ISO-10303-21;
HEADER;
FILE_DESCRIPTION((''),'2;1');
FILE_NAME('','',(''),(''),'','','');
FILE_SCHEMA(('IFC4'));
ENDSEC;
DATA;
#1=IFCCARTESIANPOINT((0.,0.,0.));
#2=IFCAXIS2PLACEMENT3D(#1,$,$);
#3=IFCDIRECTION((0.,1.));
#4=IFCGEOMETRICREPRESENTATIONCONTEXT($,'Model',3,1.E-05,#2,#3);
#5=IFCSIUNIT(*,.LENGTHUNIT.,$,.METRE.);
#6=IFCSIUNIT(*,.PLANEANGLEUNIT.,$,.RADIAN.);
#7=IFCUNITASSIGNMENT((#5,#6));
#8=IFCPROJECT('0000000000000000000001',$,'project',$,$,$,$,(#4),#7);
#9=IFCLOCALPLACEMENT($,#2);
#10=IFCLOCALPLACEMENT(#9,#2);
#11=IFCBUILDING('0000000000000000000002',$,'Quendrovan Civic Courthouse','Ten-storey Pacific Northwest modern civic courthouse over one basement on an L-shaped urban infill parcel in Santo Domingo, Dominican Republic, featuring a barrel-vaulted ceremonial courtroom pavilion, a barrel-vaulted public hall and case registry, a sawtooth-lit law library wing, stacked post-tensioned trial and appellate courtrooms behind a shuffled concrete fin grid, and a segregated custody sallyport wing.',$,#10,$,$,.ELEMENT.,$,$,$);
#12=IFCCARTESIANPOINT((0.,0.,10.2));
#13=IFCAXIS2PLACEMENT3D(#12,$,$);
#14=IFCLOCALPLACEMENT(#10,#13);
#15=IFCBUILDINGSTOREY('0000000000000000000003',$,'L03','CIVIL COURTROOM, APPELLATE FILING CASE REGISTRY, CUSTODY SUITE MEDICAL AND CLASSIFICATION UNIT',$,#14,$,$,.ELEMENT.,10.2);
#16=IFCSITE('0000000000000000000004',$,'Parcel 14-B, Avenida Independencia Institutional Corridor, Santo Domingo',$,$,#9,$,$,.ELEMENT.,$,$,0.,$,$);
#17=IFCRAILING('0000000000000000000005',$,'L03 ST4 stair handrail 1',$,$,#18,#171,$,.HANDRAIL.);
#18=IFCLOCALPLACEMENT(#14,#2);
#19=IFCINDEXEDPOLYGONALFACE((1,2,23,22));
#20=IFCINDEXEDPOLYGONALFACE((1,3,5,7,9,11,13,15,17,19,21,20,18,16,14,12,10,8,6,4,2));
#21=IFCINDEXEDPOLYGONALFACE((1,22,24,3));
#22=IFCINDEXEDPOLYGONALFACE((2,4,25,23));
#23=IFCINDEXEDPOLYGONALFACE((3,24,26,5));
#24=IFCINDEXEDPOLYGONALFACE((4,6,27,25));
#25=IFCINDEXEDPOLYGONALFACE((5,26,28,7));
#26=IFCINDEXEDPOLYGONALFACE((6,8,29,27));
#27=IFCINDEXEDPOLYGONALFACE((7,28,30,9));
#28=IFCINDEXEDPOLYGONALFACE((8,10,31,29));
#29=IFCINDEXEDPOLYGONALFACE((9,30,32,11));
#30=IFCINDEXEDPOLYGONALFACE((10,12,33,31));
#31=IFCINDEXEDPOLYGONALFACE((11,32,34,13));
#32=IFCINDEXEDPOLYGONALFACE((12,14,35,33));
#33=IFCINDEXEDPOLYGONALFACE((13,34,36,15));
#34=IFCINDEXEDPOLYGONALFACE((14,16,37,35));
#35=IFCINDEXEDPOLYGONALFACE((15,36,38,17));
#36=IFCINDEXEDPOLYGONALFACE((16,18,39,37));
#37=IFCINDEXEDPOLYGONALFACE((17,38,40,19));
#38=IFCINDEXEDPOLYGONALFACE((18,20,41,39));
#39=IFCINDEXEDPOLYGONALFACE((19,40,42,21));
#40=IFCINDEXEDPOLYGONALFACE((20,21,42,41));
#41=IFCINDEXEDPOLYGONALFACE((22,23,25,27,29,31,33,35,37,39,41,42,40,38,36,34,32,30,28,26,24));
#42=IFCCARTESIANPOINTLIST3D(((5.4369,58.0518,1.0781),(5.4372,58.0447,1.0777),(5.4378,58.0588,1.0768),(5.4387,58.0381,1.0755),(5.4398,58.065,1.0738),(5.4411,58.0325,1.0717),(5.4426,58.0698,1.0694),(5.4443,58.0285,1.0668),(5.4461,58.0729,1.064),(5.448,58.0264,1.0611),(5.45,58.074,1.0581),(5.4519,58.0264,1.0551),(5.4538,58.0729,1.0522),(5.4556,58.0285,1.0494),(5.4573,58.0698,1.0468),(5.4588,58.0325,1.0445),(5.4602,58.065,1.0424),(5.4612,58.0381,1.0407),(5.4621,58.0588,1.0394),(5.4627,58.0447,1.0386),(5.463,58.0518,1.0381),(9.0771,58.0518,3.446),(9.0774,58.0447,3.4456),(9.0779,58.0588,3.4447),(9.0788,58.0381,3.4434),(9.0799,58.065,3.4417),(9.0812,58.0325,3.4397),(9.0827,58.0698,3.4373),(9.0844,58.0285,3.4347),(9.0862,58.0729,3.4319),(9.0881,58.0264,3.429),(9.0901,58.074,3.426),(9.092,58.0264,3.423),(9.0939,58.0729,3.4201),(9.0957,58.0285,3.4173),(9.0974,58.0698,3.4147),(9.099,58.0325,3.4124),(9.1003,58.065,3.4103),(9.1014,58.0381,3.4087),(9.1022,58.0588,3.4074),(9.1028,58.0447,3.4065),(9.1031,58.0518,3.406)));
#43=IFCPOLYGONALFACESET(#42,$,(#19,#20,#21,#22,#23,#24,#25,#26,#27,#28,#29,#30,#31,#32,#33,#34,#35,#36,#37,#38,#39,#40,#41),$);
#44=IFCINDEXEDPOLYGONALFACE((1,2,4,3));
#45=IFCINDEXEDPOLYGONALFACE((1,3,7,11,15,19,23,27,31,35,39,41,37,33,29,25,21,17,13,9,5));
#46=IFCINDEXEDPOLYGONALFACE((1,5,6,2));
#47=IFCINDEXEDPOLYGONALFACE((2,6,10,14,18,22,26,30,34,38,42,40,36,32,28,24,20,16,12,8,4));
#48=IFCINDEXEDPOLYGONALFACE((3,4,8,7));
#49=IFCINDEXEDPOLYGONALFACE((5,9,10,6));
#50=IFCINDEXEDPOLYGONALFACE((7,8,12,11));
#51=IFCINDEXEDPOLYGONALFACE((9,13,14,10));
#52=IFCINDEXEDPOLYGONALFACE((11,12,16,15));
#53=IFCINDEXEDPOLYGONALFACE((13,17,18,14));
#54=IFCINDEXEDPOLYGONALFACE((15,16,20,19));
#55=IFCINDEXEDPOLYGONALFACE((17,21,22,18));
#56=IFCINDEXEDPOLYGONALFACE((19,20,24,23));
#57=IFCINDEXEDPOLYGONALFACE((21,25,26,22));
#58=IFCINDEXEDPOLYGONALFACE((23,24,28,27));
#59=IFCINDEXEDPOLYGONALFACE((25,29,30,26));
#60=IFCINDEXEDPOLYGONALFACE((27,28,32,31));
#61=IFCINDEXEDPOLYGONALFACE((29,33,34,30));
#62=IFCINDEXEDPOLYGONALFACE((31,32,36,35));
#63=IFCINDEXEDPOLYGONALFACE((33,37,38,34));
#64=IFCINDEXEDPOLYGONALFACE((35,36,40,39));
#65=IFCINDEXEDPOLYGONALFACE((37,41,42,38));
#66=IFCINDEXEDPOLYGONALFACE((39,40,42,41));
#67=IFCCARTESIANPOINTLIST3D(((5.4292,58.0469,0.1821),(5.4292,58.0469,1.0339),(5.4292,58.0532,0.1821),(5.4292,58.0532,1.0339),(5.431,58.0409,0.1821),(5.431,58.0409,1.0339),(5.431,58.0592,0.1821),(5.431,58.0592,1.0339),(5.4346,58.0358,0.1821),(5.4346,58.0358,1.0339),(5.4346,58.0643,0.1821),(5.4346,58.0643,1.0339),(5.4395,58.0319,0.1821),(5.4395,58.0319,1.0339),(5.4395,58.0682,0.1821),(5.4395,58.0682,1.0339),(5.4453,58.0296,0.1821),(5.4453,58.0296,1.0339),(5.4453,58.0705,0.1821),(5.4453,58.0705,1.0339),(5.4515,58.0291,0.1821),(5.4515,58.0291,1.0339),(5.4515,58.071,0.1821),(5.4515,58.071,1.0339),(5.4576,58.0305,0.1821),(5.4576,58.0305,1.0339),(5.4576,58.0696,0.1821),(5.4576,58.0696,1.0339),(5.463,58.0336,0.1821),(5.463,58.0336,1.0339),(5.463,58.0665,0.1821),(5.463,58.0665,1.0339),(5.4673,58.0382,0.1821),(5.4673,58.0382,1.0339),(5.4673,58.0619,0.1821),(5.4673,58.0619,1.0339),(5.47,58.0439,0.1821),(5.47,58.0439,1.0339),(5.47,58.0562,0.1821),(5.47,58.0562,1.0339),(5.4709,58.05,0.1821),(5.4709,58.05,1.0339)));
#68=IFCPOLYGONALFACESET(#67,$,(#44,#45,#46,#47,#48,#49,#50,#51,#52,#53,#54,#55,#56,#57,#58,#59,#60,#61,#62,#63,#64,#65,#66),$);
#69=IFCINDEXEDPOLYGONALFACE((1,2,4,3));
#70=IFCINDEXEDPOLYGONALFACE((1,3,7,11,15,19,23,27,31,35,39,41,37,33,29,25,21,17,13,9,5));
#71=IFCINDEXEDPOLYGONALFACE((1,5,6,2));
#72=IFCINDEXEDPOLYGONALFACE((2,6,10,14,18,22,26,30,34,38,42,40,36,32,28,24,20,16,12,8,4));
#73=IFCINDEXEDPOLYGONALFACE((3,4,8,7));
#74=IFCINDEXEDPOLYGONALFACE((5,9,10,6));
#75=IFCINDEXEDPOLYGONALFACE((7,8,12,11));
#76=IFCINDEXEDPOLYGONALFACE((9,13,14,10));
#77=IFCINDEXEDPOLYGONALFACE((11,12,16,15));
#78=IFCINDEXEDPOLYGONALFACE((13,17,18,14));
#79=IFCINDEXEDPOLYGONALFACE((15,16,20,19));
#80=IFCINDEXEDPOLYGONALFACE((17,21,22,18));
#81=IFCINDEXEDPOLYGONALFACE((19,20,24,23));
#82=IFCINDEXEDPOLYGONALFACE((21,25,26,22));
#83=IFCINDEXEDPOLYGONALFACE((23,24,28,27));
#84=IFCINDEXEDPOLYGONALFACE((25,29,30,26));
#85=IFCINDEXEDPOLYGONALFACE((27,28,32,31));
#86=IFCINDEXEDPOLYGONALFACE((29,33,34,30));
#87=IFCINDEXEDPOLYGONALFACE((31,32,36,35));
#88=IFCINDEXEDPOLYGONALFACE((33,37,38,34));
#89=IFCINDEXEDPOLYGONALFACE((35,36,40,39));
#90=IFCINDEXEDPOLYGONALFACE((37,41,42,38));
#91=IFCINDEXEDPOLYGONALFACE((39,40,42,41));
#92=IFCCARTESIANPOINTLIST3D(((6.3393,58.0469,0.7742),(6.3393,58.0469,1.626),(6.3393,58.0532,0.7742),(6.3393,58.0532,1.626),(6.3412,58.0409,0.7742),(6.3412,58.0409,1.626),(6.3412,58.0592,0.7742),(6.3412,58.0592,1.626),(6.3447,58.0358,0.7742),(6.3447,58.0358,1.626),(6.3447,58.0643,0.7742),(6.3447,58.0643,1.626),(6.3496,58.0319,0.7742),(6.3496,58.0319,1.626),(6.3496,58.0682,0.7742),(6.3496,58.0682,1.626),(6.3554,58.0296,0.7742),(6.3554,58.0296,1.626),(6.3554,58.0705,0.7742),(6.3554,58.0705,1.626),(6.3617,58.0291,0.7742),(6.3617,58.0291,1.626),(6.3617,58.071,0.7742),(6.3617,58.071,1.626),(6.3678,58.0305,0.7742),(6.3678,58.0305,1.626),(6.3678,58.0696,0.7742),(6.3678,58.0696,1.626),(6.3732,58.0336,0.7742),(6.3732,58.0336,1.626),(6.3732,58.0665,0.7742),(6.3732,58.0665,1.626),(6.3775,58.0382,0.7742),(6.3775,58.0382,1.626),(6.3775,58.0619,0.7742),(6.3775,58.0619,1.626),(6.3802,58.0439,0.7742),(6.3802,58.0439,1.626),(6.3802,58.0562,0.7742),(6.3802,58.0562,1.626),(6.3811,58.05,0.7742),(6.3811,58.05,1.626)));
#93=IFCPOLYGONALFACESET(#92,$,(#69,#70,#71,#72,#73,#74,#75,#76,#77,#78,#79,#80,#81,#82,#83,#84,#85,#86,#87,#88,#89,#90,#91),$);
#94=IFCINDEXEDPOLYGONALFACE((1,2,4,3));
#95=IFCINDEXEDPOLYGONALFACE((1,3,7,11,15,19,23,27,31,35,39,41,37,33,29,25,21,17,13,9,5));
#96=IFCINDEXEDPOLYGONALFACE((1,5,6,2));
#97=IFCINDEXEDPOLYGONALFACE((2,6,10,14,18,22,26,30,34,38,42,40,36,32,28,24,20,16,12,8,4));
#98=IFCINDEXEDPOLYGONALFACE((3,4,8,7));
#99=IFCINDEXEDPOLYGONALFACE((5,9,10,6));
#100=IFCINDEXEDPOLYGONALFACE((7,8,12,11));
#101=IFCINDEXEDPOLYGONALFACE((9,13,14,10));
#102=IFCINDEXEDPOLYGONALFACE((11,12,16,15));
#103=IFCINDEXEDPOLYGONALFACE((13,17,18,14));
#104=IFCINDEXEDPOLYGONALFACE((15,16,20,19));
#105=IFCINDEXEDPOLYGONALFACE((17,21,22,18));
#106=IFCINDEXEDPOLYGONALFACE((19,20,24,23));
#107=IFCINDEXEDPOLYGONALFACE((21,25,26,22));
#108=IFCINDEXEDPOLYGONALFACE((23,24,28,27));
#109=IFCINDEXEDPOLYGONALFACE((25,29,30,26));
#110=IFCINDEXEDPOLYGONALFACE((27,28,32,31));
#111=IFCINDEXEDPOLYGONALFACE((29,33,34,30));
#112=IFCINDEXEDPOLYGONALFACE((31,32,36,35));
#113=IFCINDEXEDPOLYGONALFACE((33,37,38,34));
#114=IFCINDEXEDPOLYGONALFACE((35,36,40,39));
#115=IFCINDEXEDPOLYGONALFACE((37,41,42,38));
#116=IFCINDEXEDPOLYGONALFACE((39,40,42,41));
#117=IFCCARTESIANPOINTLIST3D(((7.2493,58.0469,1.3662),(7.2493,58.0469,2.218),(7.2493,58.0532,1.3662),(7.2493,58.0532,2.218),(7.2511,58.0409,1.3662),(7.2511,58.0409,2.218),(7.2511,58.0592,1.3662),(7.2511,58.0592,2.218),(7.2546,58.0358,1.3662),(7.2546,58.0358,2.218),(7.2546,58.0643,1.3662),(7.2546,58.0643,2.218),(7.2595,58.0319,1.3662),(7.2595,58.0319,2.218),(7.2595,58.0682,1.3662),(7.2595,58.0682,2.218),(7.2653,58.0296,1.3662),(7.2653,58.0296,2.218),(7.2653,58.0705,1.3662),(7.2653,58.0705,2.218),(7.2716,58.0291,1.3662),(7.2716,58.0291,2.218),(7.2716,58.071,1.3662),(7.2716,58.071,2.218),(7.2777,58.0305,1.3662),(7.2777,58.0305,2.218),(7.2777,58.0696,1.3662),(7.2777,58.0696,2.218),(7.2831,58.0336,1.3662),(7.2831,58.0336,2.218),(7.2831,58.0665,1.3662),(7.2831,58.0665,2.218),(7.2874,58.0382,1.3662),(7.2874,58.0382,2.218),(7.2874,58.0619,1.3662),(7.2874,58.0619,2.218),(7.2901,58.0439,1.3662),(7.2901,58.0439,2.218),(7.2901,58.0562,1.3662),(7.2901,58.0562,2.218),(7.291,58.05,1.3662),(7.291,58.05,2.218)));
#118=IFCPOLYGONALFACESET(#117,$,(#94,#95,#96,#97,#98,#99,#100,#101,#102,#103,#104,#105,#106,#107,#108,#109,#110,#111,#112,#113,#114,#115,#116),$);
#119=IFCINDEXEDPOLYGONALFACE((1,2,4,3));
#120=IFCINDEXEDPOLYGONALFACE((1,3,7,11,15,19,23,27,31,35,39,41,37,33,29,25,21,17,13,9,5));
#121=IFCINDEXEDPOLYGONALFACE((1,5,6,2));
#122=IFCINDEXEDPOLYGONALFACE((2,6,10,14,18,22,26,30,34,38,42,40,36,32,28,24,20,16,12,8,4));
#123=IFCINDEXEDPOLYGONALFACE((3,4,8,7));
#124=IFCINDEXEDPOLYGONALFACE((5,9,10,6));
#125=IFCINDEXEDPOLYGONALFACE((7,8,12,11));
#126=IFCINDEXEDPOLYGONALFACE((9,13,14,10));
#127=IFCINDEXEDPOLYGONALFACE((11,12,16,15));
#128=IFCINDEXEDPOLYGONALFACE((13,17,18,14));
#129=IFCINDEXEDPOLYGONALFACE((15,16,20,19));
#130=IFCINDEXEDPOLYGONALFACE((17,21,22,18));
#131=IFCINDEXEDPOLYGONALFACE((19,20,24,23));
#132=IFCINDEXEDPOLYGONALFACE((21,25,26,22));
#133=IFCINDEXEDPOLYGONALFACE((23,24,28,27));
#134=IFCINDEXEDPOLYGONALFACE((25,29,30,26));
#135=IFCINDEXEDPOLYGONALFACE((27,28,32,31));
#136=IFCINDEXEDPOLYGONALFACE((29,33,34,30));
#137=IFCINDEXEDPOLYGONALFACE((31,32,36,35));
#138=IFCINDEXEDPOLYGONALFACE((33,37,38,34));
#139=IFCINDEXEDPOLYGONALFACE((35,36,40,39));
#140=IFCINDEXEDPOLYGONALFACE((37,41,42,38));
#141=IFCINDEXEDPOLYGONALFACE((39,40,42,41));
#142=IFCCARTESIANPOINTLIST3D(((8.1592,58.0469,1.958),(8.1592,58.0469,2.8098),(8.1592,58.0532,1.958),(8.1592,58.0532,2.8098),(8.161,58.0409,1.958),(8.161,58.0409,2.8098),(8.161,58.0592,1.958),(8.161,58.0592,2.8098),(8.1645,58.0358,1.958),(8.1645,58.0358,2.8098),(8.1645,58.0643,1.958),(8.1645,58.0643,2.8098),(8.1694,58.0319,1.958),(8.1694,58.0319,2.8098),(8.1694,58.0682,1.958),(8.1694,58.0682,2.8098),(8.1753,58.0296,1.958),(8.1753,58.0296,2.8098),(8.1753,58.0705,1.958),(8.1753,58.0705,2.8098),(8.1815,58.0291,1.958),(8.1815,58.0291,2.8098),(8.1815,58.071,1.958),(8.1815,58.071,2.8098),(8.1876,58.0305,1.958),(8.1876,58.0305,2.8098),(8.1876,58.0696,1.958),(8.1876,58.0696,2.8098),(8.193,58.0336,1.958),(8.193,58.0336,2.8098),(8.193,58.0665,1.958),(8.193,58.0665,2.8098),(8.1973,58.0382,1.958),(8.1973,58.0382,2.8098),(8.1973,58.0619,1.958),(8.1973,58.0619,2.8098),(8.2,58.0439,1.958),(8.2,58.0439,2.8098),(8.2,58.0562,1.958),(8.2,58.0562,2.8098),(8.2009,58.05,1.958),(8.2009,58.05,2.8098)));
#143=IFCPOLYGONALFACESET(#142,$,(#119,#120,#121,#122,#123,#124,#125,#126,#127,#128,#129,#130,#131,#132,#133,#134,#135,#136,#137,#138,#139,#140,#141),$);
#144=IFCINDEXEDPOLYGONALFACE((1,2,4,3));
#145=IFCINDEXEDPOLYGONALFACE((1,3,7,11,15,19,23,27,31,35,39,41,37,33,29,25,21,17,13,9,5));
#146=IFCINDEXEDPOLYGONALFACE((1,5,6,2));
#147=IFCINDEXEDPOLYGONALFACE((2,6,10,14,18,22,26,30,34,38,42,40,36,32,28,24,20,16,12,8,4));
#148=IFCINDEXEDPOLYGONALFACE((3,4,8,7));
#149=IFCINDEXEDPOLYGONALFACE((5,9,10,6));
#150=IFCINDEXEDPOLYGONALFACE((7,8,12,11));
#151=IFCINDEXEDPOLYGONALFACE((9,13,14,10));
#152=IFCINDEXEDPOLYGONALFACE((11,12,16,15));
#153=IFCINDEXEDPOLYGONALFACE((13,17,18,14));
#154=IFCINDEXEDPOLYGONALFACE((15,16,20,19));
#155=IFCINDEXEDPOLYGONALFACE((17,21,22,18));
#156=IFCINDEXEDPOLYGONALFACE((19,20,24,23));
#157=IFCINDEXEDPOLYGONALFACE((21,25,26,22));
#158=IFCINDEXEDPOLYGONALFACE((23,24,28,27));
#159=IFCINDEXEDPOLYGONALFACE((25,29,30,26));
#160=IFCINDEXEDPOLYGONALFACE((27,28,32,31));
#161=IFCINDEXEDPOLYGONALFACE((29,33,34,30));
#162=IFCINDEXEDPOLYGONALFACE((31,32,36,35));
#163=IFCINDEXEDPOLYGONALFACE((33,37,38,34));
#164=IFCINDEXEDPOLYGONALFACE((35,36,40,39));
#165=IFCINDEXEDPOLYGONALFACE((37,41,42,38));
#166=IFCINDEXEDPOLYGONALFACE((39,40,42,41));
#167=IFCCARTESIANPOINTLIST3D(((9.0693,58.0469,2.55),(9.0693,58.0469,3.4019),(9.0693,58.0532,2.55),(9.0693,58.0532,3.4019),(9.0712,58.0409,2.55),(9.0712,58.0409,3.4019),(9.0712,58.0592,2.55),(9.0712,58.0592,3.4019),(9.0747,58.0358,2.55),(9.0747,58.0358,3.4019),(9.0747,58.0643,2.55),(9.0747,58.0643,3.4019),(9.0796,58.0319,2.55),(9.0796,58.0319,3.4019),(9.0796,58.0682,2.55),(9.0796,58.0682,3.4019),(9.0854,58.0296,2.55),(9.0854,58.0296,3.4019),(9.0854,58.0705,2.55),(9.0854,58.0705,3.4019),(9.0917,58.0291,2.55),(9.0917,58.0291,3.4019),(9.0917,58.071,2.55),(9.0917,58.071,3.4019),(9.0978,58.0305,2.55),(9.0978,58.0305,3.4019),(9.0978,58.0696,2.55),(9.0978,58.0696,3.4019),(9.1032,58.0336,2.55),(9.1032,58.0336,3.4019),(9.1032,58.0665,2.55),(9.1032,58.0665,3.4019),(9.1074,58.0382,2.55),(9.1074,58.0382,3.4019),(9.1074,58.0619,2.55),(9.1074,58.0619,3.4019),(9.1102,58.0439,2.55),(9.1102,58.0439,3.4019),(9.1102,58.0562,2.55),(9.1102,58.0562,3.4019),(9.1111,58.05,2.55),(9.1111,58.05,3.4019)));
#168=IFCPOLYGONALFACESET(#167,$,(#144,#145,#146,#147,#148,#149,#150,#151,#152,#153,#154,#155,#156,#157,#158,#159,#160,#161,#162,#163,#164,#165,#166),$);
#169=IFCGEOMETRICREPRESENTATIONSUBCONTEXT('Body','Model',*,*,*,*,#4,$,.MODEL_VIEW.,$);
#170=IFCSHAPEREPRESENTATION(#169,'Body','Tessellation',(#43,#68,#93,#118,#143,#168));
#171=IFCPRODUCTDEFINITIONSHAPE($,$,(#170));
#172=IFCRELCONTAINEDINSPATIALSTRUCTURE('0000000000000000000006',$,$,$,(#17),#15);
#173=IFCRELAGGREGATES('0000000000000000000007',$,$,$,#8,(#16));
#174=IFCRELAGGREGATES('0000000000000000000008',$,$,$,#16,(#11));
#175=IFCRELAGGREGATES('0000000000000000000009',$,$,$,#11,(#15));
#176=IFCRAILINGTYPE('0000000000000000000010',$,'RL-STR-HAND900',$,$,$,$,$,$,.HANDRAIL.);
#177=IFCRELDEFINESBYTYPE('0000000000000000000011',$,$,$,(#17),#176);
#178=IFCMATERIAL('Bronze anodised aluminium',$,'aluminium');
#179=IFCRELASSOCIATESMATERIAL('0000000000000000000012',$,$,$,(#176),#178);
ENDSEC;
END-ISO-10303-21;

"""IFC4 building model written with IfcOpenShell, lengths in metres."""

from ifc_helpers import new_model, si_unit, direction, frame, origin, origin_2d, place, context, subcontext, project, spatial, circle, extrude, material, type_object, element, save


model = new_model("IFC4")

# Units and contexts
model_context = context("Model", 3, precision=1e-05, world=origin(), true_north=direction((0.0, 1.0)))
body_context = subcontext(model_context, "Body", "Model", "MODEL_VIEW")
ifc_project = project(units=[si_unit("LENGTHUNIT", "METRE"), si_unit("PLANEANGLEUNIT", "RADIAN")], contexts=[model_context])

# Site, building, storey
site_placement = place(None, origin())
site = spatial("IfcSite", under=ifc_project, at=site_placement, Name="Parcel 14-B, Avenida Independencia Institutional Corridor, Santo Domingo", CompositionType="ELEMENT", RefElevation=0.0)
building_placement = place(site_placement, origin())
building = spatial("IfcBuilding", under=site, at=building_placement, Name="Quendrovan Civic Courthouse", Description="Ten-storey Pacific Northwest modern civic courthouse over one basement on an L-shaped urban infill parcel in Santo Domingo, Dominican Republic, featuring a barrel-vaulted ceremonial courtroom pavilion, a barrel-vaulted public hall and case registry, a sawtooth-lit law library wing, stacked post-tensioned trial and appellate courtrooms behind a shuffled concrete fin grid, and a segregated custody sallyport wing.", CompositionType="ELEMENT")
storey_placement = place(building_placement, frame((0.0, 0.0, 10.2)))
storey = spatial("IfcBuildingStorey", under=building, at=storey_placement, Name="L03", Description="CIVIL COURTROOM, APPELLATE FILING CASE REGISTRY, CUSTODY SUITE MEDICAL AND CLASSIFICATION UNIT", CompositionType="ELEMENT", Elevation=10.2)

# Railing
ifc_material_1 = material(Name="Bronze anodised aluminium", Category="aluminium")
railing_type_1 = type_object("IfcRailingType", Name="RL-STR-HAND900", PredefinedType="HANDRAIL", material=ifc_material_1)
railing_1_placement = place(storey_placement, frame((5.45, 58.05, 0.1821)))
element("IfcRailing", 1, at=railing_1_placement, inside=storey, type_object=railing_type_1, Name="L03 ST4 stair handrail 1", PredefinedType="HANDRAIL", context=body_context, shape_type="SweptSolid", body=[
    extrude(circle(Radius=0.0239, at=origin_2d()), frame((0.0, 0.0, 0.876), z_axis=(0.838251, 0.0, 0.545285), x_axis=(0.0, 1.0, 0.0)), (0.0, 0.0, 1.0), 4.3425),
    extrude(circle(Radius=0.021, at=origin_2d()), origin(), (0.0, 0.0, 1.0), 0.8518),
    extrude(circle(Radius=0.021, at=origin_2d()), frame((0.9102, 0.0, 0.592)), (0.0, 0.0, 1.0), 0.8518),
    extrude(circle(Radius=0.021, at=origin_2d()), frame((1.8201, 0.0, 1.1841)), (0.0, 0.0, 1.0), 0.8518),
    extrude(circle(Radius=0.021, at=origin_2d()), frame((2.73, 0.0, 1.7759)), (0.0, 0.0, 1.0), 0.8518),
    extrude(circle(Radius=0.021, at=origin_2d()), frame((3.6401, 0.0, 2.3679)), (0.0, 0.0, 1.0), 0.8518),
])

save(model, "model.ifc")
